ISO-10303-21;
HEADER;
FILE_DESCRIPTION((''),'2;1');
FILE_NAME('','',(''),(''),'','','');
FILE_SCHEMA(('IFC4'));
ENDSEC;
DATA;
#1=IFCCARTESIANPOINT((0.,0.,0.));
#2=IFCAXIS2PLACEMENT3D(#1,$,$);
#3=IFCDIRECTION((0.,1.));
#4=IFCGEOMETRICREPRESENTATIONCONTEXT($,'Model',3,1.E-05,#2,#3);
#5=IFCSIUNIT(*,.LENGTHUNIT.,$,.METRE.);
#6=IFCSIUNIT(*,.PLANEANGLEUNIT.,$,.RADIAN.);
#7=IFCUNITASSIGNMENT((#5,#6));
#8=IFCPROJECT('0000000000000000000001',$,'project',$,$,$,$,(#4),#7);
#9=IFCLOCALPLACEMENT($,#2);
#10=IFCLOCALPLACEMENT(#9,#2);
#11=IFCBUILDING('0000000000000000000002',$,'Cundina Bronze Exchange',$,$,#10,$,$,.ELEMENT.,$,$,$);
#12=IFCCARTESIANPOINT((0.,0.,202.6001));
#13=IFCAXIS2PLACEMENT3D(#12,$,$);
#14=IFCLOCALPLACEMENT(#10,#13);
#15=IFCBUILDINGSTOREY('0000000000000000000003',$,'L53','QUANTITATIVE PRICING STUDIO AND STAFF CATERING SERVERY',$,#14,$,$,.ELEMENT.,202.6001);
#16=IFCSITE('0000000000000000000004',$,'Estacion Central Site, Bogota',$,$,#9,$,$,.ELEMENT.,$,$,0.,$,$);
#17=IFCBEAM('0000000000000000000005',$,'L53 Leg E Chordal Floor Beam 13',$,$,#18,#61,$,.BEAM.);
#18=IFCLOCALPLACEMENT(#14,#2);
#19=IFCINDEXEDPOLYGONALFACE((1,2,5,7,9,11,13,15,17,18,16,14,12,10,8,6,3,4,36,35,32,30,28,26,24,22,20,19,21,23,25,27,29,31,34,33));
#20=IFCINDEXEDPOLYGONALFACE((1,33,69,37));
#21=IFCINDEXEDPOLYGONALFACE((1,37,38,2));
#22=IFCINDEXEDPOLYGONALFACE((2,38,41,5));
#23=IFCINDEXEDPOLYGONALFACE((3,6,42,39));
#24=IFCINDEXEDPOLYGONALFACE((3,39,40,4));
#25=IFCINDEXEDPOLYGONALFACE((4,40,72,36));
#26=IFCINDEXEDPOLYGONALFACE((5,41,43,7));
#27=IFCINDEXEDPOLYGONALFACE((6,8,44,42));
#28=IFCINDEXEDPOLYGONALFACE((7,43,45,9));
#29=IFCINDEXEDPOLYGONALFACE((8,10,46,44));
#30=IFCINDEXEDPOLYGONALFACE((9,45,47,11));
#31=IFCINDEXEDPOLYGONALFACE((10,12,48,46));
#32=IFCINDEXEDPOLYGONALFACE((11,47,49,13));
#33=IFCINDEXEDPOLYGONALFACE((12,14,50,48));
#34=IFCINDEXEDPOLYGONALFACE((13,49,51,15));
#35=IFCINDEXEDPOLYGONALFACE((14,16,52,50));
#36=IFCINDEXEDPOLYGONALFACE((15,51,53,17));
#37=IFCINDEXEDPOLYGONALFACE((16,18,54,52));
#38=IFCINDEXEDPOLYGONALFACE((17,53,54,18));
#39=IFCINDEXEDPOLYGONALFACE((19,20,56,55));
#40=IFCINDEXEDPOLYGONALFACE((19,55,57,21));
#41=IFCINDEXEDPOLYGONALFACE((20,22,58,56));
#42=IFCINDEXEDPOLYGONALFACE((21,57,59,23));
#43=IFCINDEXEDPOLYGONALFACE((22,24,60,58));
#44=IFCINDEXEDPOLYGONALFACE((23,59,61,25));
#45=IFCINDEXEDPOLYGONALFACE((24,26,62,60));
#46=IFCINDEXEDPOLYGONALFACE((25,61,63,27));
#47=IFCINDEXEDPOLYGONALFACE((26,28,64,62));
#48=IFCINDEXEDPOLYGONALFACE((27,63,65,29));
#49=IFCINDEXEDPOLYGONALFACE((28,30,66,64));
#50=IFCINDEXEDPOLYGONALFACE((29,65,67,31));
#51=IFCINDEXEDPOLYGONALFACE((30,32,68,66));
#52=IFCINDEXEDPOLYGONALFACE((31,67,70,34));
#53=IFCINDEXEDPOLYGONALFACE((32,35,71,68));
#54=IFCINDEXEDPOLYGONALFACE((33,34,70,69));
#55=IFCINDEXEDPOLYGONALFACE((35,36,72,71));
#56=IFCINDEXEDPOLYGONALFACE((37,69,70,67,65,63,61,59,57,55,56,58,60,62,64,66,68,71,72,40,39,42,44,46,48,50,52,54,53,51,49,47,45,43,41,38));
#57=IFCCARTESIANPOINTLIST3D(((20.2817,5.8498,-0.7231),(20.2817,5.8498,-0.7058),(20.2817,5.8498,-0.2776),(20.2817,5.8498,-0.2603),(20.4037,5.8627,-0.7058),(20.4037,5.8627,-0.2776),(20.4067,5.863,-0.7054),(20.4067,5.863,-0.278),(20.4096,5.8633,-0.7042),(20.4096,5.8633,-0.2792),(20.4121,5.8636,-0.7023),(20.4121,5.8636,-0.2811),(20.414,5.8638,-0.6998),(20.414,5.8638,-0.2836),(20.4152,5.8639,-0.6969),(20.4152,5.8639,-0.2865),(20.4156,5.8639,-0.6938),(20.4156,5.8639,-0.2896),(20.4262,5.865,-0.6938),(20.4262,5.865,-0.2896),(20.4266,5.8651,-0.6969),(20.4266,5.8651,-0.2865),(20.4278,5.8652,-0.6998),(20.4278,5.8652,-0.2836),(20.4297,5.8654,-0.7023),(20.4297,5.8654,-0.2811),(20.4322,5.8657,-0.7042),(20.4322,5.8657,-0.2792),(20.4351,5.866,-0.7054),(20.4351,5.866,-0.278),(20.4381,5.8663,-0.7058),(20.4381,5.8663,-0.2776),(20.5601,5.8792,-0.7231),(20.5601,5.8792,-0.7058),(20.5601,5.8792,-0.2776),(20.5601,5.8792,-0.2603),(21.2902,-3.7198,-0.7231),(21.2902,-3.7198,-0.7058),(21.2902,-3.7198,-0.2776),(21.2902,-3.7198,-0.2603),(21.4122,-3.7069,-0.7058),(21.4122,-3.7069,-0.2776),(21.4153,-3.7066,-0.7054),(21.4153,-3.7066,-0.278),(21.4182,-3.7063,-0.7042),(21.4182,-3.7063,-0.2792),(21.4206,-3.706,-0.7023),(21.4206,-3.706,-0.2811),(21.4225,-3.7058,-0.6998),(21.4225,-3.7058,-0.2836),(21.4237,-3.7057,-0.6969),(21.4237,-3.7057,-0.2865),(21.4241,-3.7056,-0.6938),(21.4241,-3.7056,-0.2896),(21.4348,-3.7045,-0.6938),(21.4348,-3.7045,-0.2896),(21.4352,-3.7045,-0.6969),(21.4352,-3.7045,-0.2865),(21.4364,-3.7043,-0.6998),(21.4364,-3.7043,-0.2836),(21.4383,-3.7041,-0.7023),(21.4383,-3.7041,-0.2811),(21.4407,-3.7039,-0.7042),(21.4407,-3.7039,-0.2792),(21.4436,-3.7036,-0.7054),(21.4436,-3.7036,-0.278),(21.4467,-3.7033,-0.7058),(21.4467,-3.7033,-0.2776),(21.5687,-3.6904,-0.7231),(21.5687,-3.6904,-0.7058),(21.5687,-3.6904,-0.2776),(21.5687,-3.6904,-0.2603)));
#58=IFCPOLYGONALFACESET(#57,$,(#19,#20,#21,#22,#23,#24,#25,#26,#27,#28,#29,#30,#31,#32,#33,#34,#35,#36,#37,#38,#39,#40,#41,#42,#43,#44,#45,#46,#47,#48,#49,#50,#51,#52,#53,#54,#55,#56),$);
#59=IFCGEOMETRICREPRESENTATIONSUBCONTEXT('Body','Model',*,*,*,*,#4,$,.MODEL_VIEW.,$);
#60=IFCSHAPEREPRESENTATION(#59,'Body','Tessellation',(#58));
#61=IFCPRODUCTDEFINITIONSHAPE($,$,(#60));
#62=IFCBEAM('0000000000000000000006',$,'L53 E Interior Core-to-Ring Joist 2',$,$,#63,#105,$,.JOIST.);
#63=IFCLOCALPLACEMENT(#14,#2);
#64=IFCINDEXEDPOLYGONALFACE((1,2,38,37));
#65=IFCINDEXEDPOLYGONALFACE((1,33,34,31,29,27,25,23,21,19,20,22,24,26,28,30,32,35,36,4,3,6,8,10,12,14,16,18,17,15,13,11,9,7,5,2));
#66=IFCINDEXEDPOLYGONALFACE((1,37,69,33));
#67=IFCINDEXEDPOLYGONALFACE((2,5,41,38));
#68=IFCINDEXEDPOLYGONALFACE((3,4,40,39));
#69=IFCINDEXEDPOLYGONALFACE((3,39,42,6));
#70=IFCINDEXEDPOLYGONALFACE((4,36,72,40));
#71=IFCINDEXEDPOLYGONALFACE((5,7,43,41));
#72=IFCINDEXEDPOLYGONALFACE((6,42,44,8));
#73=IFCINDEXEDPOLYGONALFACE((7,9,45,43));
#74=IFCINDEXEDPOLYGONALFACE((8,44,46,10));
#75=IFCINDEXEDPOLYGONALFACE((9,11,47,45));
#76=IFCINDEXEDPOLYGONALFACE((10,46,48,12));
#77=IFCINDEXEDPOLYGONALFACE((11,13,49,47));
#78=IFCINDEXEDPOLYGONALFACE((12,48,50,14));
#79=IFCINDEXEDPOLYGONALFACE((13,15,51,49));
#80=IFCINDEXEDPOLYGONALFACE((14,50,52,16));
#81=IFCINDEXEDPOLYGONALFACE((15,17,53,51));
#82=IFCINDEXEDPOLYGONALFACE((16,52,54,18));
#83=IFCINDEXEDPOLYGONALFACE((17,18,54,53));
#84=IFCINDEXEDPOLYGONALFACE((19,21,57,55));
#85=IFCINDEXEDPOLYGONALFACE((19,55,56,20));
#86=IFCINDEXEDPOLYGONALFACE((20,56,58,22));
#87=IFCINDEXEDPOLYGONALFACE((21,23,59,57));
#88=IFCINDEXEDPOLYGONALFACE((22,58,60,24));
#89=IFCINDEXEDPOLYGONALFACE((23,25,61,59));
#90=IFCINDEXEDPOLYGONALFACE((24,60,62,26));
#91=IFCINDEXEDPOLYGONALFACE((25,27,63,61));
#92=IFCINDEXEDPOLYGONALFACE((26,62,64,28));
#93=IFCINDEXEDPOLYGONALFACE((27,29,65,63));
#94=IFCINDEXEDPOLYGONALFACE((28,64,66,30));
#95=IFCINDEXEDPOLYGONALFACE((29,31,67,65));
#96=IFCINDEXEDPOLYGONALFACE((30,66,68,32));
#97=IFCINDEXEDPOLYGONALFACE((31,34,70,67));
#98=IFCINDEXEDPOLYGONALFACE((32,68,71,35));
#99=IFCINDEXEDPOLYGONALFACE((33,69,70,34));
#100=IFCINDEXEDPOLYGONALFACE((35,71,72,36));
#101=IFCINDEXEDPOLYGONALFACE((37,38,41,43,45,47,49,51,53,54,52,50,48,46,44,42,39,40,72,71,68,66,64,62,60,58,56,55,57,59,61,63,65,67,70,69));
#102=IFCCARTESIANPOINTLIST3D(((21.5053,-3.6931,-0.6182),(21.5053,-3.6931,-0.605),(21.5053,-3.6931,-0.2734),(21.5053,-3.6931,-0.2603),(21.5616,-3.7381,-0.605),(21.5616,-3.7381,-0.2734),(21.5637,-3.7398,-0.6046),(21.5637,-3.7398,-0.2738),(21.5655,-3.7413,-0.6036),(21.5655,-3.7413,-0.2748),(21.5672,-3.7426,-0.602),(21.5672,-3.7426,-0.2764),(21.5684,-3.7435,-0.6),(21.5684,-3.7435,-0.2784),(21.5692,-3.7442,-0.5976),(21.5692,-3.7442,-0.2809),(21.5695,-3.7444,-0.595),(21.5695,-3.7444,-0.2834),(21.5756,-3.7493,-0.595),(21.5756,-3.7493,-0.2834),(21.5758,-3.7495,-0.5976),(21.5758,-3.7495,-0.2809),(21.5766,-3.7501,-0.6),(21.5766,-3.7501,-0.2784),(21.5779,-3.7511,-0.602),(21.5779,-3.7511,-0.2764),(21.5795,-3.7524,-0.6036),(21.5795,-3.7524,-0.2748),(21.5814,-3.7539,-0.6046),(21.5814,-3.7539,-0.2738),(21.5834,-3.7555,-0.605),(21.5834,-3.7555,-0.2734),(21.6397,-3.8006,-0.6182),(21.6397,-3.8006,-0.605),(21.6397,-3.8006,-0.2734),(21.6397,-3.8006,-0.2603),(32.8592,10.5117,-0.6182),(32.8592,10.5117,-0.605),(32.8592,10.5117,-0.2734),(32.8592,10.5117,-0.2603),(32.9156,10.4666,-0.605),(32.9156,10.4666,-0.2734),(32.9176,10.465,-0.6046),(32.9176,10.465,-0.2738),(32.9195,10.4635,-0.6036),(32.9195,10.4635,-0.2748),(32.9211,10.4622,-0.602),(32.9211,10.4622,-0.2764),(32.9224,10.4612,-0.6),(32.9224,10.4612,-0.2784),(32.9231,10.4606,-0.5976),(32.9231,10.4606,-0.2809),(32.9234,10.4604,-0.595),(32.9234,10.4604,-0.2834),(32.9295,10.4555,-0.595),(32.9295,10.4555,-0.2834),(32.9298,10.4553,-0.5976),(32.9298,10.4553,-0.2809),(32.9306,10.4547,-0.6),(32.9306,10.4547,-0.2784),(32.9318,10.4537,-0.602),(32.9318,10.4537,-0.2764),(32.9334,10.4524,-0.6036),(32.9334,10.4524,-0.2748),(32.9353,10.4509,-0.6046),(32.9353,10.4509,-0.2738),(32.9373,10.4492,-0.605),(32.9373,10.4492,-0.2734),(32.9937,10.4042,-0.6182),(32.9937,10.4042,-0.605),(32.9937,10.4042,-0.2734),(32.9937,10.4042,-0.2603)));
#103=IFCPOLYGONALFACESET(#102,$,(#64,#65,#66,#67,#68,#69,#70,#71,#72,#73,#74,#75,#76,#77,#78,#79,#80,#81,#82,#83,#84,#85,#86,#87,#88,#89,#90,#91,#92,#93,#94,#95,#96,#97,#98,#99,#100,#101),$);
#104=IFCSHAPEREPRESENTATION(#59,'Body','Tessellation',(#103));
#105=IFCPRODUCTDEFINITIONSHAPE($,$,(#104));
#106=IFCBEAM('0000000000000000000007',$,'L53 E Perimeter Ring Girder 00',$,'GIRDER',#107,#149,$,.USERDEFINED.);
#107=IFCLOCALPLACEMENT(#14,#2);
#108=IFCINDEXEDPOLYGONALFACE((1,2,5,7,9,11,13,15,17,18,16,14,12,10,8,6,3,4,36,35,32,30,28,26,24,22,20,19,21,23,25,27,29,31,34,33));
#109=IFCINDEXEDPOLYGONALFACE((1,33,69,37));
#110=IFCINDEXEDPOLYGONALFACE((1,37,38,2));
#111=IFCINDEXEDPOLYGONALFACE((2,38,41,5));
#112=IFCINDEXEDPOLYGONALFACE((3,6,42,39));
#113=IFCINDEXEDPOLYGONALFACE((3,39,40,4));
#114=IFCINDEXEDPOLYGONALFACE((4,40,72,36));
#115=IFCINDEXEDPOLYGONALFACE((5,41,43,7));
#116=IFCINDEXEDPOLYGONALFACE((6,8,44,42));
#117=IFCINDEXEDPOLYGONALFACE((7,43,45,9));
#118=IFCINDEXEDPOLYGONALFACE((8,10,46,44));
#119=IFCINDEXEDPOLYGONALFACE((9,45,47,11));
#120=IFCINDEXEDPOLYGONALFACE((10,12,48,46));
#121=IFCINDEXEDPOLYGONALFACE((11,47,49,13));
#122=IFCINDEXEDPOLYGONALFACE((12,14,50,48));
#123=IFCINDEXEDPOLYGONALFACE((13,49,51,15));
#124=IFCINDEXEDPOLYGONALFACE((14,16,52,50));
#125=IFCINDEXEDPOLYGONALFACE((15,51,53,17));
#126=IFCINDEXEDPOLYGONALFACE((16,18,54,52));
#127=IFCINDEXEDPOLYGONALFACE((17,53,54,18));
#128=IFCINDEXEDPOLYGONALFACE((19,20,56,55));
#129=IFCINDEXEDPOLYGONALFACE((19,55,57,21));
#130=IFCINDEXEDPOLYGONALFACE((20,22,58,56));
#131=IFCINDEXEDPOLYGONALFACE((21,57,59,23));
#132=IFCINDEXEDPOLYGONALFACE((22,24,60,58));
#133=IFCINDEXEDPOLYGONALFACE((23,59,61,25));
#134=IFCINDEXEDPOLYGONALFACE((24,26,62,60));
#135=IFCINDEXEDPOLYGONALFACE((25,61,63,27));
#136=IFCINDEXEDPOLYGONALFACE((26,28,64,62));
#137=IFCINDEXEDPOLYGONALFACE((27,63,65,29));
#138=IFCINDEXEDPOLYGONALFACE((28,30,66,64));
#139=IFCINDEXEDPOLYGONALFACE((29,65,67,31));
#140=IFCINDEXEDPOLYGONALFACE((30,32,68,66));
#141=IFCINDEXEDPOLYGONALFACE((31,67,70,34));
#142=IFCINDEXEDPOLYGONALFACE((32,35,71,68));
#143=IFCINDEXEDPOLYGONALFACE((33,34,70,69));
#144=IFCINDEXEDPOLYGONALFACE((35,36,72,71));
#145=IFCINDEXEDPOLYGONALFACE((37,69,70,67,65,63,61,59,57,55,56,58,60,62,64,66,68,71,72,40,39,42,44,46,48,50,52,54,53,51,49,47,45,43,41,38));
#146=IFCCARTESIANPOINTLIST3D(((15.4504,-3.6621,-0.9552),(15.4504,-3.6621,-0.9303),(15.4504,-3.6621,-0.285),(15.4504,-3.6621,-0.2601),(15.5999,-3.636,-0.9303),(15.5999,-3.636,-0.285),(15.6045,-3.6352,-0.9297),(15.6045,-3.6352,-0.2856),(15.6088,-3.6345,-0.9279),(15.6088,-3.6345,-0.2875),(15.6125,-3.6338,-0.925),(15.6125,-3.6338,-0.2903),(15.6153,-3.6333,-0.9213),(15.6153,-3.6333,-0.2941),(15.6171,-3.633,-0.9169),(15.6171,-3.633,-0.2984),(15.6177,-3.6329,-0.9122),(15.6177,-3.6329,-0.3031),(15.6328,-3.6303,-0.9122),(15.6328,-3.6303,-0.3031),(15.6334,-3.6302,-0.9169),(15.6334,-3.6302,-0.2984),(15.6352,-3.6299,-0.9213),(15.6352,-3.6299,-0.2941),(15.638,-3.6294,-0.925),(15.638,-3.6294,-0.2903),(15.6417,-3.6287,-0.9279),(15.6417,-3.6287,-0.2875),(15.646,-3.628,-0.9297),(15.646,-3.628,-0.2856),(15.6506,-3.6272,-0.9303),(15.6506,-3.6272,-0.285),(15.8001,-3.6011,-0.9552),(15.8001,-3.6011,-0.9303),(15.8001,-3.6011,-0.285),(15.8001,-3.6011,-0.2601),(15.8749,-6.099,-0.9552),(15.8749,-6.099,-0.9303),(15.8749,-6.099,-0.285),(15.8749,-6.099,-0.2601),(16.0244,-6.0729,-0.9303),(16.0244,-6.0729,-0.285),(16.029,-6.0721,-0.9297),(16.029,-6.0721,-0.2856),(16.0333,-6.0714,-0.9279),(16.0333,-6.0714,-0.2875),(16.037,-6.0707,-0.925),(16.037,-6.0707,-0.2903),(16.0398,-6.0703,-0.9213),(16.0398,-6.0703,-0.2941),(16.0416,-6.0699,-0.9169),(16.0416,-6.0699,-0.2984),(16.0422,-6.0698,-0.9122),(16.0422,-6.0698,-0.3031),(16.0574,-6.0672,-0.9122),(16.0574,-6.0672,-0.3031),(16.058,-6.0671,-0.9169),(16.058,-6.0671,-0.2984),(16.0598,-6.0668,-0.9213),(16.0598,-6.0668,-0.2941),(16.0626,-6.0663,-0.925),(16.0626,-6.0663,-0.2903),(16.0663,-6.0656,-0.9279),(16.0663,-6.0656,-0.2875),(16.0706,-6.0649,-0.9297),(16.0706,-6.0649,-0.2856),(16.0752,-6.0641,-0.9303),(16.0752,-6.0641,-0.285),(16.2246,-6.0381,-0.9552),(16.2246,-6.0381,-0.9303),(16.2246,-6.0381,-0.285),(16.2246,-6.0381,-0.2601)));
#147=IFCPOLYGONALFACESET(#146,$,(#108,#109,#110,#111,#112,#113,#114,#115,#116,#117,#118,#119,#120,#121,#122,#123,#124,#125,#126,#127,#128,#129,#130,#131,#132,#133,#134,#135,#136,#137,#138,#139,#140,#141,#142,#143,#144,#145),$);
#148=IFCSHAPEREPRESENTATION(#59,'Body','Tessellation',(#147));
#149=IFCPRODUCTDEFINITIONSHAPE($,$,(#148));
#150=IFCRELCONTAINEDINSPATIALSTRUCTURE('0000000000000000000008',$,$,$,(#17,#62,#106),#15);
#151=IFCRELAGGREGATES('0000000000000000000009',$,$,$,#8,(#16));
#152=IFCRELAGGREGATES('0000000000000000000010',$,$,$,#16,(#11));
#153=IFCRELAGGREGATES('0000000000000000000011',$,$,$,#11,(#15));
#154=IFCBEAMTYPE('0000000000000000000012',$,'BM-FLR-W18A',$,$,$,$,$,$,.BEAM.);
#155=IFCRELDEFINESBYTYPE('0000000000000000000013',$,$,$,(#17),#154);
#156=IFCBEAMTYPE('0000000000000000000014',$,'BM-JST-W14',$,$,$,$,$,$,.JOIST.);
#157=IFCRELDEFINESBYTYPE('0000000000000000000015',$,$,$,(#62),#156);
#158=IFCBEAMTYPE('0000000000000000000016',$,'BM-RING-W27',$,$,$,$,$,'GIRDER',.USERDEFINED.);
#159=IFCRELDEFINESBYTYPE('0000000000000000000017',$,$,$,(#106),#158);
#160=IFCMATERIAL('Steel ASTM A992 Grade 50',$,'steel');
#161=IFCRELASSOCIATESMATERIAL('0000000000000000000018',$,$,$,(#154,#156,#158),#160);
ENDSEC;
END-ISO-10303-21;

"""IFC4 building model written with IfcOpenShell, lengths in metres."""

from ifc_helpers import new_model, si_unit, direction, frame, origin, origin_2d, place, context, subcontext, project, spatial, i_section, extrude, material, material_profile, profile_set, type_object, element, save


model = new_model("IFC4")

# Units and contexts
model_context = context("Model", 3, precision=1e-05, world=origin(), true_north=direction((0.0, 1.0)))
body_context = subcontext(model_context, "Body", "Model", "MODEL_VIEW")
ifc_project = project(units=[si_unit("LENGTHUNIT", "METRE"), si_unit("PLANEANGLEUNIT", "RADIAN")], contexts=[model_context])

# Site, building, storey
site_placement = place(None, origin())
site = spatial("IfcSite", under=ifc_project, at=site_placement, Name="Estacion Central Site, Bogota", CompositionType="ELEMENT", RefElevation=0.0)
building_placement = place(site_placement, origin())
building = spatial("IfcBuilding", under=site, at=building_placement, Name="Cundina Bronze Exchange", CompositionType="ELEMENT")
storey_placement = place(building_placement, frame((0.0, 0.0, 202.6001)))
storey = spatial("IfcBuildingStorey", under=building, at=storey_placement, Name="L53", Description="QUANTITATIVE PRICING STUDIO AND STAFF CATERING SERVERY", CompositionType="ELEMENT", Elevation=202.6001)

# Shared definitions
ifc_material_1 = material(Name="Steel ASTM A992 Grade 50", Category="steel")

# Beams
ifc_material_profile_1 = material_profile(ifc_material_1, i_section(OverallWidth=0.28, OverallDepth=0.4629, WebThickness=0.0107, FlangeThickness=0.0173, FilletRadius=0.012, at=origin_2d()), Name="W18X76", Category="steel")
ifc_profile_set_1 = profile_set([ifc_material_profile_1], Name="Steel ASTM A992 Grade 50")
beam_type_1 = type_object("IfcBeamType", Name="BM-FLR-W18A", PredefinedType="BEAM", material=ifc_profile_set_1)
beam_1_placement = place(storey_placement, frame((21.4294, -3.7051, -0.4917), z_axis=(-0.10481, 0.994492, 0.0), x_axis=(-0.994492, -0.10481, 0.0)))
element("IfcBeam", 1, at=beam_1_placement, inside=storey, type_object=beam_type_1, Name="L53 Leg E Chordal Floor Beam 13", PredefinedType="BEAM", context=body_context, shape_type="SweptSolid", body=[
    extrude(i_section(OverallWidth=0.28, OverallDepth=0.4629, WebThickness=0.0107, FlangeThickness=0.0173, FilletRadius=0.012, at=origin_2d()), origin(), (0.0, 0.0, 1.0), 9.6226),
])
ifc_material_profile_2 = material_profile(ifc_material_1, i_section(OverallWidth=0.1721, OverallDepth=0.3579, WebThickness=0.0078, FlangeThickness=0.0132, FilletRadius=0.01, at=origin_2d()), Name="W14X38", Category="steel")
ifc_profile_set_2 = profile_set([ifc_material_profile_2], Name="Steel ASTM A992 Grade 50")
beam_type_2 = type_object("IfcBeamType", Name="BM-JST-W14", PredefinedType="JOIST", material=ifc_profile_set_2)
beam_2_placement = place(storey_placement, frame((21.5725, -3.7468, -0.4392), z_axis=(0.624364, 0.781133, 0.0), x_axis=(-0.781133, 0.624364, 0.0)))
element("IfcBeam", 2, at=beam_2_placement, inside=storey, type_object=beam_type_2, Name="L53 E Interior Core-to-Ring Joist 2", PredefinedType="JOIST", context=body_context, shape_type="SweptSolid", body=[
    extrude(i_section(OverallWidth=0.1721, OverallDepth=0.3579, WebThickness=0.0078, FlangeThickness=0.0132, FilletRadius=0.01, at=origin_2d()), origin(), (0.0, 0.0, 1.0), 18.1848),
])
ifc_material_profile_3 = material_profile(ifc_material_1, i_section(OverallWidth=0.355, OverallDepth=0.6951, WebThickness=0.0154, FlangeThickness=0.0249, FilletRadius=0.0181, at=origin_2d()), Name="W27X146", Category="steel")
ifc_profile_set_3 = profile_set([ifc_material_profile_3], Name="Steel ASTM A992 Grade 50")
beam_type_3 = type_object("IfcBeamType", Name="BM-RING-W27", ElementType="GIRDER", PredefinedType="USERDEFINED", material=ifc_profile_set_3)
beam_3_placement = place(storey_placement, frame((15.6252, -3.6316, -0.6077), z_axis=(0.171629, -0.985162, 0.0), x_axis=(0.985162, 0.171629, 0.0)))
element("IfcBeam", 3, at=beam_3_placement, inside=storey, type_object=beam_type_3, Name="L53 E Perimeter Ring Girder 00", ObjectType="GIRDER", PredefinedType="USERDEFINED", context=body_context, shape_type="SweptSolid", body=[
    extrude(i_section(OverallWidth=0.355, OverallDepth=0.6951, WebThickness=0.0154, FlangeThickness=0.0249, FilletRadius=0.0181, at=origin_2d()), origin(), (0.0, 0.0, 1.0), 2.4736),
])

save(model, "model.ifc")
